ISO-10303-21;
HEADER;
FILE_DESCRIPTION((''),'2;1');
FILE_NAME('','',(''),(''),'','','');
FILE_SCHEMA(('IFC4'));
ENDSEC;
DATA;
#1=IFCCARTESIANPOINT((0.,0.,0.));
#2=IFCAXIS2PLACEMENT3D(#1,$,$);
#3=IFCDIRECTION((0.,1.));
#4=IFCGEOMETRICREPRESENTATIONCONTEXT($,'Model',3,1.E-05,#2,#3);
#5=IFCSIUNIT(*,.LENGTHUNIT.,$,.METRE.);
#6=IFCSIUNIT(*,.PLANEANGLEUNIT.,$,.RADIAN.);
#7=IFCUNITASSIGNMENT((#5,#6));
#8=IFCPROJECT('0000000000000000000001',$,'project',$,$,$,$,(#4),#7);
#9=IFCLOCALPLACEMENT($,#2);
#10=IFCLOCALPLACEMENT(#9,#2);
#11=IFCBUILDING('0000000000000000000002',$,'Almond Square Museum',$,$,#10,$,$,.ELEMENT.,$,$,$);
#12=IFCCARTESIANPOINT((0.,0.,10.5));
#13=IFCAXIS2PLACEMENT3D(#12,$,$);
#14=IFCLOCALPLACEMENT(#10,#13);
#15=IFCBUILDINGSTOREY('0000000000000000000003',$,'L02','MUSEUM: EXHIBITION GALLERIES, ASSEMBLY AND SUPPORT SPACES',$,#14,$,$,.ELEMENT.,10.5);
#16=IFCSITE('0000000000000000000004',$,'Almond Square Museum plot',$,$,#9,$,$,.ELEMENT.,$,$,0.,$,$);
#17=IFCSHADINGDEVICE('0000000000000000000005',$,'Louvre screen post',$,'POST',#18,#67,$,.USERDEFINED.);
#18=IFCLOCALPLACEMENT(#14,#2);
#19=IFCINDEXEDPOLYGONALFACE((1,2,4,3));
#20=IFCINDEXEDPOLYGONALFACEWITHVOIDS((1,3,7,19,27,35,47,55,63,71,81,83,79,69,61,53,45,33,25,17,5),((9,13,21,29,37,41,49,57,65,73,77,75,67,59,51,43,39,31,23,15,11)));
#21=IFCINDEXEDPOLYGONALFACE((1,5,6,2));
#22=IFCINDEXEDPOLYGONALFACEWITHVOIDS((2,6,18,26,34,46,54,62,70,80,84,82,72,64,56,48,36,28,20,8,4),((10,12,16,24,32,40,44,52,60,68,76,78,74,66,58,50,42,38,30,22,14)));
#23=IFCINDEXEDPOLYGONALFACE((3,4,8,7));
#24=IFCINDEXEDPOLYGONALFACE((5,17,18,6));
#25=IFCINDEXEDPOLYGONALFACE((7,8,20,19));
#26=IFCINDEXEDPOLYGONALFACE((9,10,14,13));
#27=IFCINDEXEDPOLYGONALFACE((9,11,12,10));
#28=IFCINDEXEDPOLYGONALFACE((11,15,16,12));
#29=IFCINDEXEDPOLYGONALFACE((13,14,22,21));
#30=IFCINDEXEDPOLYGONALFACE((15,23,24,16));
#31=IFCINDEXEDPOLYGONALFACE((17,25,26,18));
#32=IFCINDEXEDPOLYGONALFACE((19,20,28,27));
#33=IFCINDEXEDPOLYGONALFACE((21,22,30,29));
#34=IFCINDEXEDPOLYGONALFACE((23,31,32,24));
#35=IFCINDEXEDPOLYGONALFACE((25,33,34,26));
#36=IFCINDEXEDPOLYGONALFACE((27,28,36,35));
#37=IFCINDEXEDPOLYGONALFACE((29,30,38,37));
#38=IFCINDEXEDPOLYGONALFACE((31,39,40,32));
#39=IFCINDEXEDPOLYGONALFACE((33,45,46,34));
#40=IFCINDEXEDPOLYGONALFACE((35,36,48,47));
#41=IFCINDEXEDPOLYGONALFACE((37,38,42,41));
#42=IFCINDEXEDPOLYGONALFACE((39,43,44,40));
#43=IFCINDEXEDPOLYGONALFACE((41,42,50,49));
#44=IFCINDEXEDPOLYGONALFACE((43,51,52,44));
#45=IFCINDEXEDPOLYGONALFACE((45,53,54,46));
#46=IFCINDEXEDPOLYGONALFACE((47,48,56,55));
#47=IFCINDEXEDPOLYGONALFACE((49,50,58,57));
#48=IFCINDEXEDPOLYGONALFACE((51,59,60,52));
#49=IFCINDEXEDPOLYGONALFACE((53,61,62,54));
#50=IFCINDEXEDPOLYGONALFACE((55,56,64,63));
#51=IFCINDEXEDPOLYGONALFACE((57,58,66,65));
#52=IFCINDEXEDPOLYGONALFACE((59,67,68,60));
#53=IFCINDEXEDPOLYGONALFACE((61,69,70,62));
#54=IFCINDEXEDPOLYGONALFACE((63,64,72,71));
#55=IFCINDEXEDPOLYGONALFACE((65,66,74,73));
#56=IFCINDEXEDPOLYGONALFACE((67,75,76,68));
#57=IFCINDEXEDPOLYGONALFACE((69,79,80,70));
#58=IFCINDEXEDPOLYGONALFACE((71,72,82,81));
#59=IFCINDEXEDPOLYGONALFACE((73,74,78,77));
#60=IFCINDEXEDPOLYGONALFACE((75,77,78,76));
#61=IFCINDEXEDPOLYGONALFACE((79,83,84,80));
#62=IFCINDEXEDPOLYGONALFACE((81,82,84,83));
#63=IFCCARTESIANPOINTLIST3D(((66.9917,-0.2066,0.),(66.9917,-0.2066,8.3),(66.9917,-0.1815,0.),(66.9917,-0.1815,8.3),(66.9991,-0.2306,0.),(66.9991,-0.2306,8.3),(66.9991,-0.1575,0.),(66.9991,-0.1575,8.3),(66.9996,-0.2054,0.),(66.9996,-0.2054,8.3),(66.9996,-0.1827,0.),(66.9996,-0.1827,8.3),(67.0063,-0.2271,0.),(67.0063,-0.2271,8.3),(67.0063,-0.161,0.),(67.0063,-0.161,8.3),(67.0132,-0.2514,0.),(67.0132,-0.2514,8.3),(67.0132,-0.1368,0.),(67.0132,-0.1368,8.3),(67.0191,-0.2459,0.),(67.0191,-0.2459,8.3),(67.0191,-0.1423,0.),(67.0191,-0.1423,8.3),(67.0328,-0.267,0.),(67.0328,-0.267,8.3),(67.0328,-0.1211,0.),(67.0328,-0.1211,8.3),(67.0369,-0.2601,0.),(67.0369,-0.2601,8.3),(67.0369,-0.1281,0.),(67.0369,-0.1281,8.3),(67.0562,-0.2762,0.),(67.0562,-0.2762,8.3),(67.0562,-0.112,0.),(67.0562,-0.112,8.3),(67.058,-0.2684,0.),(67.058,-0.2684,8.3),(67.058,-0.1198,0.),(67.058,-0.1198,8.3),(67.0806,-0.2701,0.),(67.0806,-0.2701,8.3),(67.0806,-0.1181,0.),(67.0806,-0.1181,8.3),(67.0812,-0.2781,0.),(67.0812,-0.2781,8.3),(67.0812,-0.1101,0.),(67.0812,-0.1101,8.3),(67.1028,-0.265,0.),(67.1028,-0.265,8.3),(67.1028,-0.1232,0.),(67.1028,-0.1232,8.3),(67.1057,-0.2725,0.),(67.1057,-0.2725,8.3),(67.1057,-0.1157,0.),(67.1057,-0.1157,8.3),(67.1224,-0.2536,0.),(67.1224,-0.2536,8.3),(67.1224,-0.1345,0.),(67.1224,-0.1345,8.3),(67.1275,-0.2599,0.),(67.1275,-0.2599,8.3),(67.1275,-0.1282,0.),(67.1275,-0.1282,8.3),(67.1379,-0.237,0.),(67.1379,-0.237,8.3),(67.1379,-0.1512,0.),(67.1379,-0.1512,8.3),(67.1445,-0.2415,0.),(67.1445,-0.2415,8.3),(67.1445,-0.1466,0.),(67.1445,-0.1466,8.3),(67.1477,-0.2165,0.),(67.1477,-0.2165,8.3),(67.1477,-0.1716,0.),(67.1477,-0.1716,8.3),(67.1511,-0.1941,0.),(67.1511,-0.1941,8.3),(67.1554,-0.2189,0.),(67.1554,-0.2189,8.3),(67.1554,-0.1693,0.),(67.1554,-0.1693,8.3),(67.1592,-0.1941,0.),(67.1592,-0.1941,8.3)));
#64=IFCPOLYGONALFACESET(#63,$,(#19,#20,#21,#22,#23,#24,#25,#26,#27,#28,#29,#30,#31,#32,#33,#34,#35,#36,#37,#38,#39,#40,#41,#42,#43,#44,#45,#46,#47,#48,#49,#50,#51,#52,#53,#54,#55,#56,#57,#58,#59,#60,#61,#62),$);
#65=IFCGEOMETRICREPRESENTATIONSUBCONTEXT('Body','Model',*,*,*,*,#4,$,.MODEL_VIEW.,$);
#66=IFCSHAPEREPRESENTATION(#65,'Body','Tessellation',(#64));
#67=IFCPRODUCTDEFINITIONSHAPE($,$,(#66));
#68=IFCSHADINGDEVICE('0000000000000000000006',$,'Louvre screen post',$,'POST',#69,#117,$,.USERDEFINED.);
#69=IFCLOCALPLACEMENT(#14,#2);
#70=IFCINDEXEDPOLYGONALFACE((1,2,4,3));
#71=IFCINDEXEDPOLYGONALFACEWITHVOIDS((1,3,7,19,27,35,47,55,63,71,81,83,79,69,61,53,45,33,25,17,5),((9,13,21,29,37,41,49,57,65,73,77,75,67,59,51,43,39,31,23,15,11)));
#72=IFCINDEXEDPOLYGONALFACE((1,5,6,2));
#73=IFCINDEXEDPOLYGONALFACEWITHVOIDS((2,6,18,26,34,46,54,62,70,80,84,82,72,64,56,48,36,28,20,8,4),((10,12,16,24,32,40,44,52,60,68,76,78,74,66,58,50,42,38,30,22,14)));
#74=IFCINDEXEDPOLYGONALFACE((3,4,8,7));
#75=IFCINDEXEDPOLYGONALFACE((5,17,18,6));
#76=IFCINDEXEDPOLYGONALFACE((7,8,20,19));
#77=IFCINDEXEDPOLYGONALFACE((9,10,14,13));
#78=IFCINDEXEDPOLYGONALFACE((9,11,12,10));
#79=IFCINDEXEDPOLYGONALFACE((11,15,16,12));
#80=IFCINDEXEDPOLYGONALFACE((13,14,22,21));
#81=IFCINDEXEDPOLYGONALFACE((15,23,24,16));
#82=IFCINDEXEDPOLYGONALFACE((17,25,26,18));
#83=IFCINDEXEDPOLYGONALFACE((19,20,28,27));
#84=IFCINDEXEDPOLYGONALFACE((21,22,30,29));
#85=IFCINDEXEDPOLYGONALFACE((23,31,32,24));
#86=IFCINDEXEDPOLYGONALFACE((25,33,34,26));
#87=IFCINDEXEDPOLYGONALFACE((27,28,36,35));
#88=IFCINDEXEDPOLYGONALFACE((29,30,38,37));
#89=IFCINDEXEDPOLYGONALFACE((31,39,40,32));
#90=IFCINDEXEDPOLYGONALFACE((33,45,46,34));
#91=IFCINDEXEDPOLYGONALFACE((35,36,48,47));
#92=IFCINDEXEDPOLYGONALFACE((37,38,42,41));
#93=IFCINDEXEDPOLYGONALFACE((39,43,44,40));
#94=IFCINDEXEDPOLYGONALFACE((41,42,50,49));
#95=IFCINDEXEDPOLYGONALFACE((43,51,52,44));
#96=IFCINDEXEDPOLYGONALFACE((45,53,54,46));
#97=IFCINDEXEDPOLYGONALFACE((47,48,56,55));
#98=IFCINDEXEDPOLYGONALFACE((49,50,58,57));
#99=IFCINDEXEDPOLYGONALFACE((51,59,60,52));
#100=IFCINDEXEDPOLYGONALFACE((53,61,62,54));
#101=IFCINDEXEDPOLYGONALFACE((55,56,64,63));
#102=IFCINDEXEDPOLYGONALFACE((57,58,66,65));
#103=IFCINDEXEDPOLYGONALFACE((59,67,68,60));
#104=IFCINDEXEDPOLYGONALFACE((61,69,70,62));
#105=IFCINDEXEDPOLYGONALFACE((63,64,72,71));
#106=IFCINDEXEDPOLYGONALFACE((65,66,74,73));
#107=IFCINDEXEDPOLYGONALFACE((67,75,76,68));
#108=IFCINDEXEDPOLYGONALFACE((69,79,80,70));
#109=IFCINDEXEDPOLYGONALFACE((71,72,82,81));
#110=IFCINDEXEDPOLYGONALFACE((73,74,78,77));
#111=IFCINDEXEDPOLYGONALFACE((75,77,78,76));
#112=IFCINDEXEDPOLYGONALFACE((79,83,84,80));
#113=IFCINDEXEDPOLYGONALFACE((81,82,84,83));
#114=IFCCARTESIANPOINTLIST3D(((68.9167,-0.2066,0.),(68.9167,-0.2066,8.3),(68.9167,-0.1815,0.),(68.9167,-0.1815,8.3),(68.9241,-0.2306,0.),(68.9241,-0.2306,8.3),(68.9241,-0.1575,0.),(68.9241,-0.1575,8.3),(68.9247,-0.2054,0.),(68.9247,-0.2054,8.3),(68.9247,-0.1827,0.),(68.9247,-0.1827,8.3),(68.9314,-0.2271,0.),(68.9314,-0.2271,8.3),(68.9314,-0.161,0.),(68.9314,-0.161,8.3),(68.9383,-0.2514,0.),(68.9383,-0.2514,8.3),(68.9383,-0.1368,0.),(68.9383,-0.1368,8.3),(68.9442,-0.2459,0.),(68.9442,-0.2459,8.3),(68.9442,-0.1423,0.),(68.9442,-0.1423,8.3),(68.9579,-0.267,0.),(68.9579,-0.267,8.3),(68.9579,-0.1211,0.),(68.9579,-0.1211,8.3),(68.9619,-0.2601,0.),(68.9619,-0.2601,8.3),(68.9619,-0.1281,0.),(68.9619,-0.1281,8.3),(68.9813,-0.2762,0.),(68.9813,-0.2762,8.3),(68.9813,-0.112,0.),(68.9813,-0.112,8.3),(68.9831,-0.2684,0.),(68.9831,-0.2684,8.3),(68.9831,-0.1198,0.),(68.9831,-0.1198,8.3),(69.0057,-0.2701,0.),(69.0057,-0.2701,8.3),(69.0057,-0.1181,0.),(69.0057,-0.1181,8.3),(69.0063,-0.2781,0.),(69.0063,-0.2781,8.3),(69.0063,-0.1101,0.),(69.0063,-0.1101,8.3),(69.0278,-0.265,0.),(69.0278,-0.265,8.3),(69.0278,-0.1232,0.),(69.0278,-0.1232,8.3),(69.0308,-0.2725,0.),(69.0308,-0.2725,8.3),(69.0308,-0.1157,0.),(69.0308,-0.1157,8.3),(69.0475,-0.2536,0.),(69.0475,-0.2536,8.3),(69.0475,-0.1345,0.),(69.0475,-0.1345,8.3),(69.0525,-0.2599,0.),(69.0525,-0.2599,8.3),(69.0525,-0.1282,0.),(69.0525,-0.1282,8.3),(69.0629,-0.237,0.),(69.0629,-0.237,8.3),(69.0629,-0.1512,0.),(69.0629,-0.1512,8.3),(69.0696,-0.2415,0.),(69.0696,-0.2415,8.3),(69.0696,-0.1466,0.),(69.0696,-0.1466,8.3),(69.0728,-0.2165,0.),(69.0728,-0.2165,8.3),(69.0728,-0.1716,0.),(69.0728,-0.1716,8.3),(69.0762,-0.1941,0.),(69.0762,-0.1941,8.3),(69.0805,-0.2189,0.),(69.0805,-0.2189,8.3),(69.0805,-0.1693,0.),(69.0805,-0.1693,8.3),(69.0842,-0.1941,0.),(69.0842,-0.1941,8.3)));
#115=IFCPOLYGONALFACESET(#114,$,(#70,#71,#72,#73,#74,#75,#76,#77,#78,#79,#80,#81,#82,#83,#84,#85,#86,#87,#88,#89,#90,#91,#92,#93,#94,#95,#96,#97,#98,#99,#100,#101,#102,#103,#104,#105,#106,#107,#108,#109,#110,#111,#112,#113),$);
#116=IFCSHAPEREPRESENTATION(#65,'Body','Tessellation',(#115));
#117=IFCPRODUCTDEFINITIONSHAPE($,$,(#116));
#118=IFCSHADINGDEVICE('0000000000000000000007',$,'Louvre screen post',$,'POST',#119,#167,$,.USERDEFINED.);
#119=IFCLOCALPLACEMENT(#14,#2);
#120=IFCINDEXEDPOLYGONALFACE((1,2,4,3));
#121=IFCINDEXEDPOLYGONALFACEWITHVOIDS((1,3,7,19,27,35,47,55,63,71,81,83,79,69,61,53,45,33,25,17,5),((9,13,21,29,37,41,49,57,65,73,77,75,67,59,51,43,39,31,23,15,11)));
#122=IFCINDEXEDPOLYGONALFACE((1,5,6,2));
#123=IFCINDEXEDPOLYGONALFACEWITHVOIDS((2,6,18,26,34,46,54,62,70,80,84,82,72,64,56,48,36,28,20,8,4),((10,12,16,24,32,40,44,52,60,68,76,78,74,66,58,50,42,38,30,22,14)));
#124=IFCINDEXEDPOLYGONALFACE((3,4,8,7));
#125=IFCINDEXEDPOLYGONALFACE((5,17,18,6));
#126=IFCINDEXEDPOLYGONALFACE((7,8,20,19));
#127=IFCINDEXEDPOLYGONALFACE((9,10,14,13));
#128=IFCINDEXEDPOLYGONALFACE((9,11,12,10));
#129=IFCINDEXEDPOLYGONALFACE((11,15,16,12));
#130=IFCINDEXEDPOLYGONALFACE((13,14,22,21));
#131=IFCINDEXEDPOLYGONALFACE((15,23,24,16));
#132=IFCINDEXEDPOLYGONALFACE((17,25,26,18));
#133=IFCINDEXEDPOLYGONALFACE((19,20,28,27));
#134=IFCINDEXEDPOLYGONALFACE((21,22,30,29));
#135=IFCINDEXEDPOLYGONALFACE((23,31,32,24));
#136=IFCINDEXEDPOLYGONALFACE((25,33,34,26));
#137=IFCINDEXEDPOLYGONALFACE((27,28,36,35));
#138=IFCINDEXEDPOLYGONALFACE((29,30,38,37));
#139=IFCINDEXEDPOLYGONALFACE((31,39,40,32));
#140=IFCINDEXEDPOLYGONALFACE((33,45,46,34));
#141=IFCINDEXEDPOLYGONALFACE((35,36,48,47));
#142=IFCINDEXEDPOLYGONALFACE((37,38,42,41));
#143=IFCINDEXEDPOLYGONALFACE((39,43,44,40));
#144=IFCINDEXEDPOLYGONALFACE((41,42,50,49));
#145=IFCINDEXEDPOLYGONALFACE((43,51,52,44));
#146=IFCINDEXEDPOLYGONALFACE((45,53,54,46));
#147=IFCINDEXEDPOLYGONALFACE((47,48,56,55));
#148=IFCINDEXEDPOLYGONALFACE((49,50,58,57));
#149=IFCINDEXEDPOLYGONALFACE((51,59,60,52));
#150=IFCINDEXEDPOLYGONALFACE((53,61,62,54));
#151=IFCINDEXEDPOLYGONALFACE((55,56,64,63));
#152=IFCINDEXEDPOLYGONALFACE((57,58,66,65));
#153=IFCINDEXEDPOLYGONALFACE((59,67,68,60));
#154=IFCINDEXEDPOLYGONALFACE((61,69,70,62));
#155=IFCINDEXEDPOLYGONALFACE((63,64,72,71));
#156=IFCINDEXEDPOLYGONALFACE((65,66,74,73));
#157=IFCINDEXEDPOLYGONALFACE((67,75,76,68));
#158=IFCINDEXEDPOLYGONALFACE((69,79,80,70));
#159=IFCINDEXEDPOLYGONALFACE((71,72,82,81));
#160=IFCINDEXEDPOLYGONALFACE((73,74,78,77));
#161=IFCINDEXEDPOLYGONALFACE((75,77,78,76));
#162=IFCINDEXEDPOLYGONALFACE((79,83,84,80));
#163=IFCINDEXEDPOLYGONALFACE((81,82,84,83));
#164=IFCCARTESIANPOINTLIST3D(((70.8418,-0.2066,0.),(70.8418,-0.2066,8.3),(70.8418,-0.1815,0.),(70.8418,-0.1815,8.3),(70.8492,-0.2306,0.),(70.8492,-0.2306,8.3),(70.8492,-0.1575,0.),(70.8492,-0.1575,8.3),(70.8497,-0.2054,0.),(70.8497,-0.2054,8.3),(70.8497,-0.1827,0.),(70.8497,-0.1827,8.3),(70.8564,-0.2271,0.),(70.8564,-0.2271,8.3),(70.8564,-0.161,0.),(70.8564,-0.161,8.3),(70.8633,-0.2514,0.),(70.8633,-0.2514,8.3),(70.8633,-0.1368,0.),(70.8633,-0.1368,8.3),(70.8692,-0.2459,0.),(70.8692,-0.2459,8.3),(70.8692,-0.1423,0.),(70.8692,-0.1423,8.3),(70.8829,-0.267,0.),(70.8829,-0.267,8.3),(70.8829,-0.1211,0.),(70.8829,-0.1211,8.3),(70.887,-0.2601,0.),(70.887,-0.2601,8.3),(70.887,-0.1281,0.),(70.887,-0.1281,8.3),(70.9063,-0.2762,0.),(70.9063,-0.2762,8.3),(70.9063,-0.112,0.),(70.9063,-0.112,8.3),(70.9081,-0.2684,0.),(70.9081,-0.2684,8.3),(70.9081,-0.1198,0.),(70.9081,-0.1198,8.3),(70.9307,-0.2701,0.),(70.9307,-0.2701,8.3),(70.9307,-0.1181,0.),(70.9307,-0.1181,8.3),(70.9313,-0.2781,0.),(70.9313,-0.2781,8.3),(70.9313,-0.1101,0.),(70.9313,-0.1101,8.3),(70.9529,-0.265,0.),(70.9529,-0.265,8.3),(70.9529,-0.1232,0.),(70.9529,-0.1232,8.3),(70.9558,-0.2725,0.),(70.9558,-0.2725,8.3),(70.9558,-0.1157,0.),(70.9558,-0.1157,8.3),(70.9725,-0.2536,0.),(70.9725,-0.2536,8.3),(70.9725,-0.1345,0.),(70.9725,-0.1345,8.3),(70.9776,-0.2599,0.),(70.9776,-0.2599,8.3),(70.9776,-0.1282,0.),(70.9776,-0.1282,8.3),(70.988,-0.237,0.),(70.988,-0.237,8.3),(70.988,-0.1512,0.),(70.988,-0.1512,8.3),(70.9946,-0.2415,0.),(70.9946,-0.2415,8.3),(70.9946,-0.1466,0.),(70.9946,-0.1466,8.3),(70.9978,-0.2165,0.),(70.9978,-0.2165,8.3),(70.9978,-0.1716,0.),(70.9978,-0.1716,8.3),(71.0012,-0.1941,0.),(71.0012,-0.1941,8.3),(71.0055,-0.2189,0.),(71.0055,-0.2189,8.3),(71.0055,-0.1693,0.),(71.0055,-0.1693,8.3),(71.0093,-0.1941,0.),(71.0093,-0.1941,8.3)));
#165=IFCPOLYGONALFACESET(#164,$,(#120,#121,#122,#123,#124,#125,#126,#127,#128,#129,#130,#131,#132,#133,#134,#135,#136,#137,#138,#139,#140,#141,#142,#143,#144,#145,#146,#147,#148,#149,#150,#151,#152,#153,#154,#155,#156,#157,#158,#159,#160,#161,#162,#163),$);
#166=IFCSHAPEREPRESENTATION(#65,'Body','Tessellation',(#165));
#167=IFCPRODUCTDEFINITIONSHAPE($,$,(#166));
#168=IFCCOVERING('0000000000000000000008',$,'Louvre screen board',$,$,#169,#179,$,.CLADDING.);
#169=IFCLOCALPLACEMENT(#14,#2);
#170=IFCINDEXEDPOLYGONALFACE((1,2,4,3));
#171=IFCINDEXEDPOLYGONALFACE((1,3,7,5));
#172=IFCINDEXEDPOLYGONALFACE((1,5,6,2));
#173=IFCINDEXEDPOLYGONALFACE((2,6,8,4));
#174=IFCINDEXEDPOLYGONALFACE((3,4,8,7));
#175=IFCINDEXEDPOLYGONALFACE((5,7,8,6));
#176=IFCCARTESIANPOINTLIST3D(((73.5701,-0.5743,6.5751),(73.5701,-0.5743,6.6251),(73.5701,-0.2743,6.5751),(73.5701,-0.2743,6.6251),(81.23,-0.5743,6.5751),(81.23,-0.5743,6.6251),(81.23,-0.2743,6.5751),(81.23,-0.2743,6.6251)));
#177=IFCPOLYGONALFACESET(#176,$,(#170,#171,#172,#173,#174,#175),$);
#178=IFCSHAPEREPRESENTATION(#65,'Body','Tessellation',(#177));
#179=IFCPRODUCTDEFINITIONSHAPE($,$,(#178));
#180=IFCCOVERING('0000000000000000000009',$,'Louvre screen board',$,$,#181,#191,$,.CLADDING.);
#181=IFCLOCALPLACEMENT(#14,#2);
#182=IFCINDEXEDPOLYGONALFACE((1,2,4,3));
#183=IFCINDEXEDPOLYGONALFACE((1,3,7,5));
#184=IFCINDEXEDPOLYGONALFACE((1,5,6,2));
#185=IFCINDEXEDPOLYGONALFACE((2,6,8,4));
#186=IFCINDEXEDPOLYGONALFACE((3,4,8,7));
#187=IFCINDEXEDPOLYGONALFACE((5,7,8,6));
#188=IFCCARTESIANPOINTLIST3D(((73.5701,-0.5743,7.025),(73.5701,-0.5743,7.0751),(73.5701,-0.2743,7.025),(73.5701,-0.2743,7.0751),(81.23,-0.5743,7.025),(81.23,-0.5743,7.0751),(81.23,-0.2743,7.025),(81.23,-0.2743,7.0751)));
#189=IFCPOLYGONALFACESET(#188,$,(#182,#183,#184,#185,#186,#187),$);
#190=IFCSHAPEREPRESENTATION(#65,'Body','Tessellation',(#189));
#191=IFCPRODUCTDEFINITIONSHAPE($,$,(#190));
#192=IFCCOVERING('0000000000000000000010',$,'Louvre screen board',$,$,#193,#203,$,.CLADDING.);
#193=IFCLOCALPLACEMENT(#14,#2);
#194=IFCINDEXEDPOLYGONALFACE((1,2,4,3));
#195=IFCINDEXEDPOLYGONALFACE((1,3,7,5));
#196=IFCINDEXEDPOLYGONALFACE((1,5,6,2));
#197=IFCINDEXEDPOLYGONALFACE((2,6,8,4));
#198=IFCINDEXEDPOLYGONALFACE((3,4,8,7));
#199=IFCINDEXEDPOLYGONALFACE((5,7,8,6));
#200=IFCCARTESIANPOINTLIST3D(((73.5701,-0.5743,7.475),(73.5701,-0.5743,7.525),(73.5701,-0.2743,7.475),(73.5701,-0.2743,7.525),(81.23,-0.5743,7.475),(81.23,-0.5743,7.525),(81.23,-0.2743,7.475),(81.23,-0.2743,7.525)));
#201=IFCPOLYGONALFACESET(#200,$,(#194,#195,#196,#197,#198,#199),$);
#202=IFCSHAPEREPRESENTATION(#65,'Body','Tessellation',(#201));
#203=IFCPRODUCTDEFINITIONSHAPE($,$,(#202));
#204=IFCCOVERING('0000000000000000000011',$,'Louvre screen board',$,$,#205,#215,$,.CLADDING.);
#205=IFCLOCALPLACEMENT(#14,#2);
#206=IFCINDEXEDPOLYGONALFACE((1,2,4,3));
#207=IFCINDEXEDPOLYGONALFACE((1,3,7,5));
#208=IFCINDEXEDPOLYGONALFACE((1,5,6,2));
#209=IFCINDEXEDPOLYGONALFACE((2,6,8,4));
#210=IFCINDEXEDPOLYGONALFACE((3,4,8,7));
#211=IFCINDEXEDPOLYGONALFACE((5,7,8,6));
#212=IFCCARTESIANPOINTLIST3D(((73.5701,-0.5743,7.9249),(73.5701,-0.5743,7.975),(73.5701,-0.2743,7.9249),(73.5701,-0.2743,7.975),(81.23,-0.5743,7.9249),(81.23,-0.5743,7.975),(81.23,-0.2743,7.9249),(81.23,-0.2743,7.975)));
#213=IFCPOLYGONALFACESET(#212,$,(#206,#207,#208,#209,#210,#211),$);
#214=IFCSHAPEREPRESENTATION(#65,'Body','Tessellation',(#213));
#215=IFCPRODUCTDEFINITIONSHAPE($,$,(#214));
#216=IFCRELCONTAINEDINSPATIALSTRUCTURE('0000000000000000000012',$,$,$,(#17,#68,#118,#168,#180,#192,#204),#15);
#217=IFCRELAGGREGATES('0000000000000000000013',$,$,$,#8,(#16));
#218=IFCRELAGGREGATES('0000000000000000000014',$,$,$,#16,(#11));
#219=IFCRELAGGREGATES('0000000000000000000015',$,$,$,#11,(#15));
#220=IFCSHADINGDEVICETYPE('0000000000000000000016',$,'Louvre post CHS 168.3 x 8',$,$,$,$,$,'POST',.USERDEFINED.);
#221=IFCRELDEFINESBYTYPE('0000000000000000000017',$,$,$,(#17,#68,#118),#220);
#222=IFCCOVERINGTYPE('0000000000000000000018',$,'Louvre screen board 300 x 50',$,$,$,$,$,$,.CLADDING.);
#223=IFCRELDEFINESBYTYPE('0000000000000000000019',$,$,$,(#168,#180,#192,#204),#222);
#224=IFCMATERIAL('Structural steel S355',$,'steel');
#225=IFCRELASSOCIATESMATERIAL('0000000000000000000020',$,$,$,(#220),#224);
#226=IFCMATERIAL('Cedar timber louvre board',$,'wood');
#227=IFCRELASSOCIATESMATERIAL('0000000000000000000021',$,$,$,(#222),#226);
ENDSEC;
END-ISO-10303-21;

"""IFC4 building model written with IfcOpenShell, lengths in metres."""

from ifc_helpers import new_model, si_unit, direction, frame, origin, origin_2d, place, context, subcontext, project, spatial, rectangle, hollow_circle, extrude, material, material_profile, profile_set, type_object, element, save


model = new_model("IFC4")

# Units and contexts
model_context = context("Model", 3, precision=1e-05, world=origin(), true_north=direction((0.0, 1.0)))
body_context = subcontext(model_context, "Body", "Model", "MODEL_VIEW")
ifc_project = project(units=[si_unit("LENGTHUNIT", "METRE"), si_unit("PLANEANGLEUNIT", "RADIAN")], contexts=[model_context])

# Site, building, storey
site_placement = place(None, origin())
site = spatial("IfcSite", under=ifc_project, at=site_placement, Name="Almond Square Museum plot", CompositionType="ELEMENT", RefElevation=0.0)
building_placement = place(site_placement, origin())
building = spatial("IfcBuilding", under=site, at=building_placement, Name="Almond Square Museum", CompositionType="ELEMENT")
storey_placement = place(building_placement, frame((0.0, 0.0, 10.5)))
storey = spatial("IfcBuildingStorey", under=building, at=storey_placement, Name="L02", Description="MUSEUM: EXHIBITION GALLERIES, ASSEMBLY AND SUPPORT SPACES", CompositionType="ELEMENT", Elevation=10.5)

# Shading devices
ifc_material_1 = material(Name="Structural steel S355", Category="steel")
ifc_material_profile_1 = material_profile(ifc_material_1, hollow_circle(Radius=0.0842, WallThickness=0.0081, at=origin_2d()))
ifc_profile_set_1 = profile_set([ifc_material_profile_1], Name="Structural steel S355")
shading_device_type = type_object("IfcShadingDeviceType", Name="Louvre post CHS 168.3 x 8", ElementType="POST", PredefinedType="USERDEFINED", material=ifc_profile_set_1)
for number, where, z_axis, x_axis, name in (
    (1, (67.075, -0.1941, 0.0), (0.0, 0.0, 1.0), (1.0, 0.0, 0.0), "Louvre screen post"),
    (2, (69.0, -0.1941, 0.0), (0.0, 0.0, 1.0), (1.0, 0.0, 0.0), "Louvre screen post"),
    (3, (70.925, -0.1941, 0.0), (0.0, 0.0, 1.0), (1.0, 0.0, 0.0), "Louvre screen post"),
):
    element("IfcShadingDevice", number, at=place(storey_placement, frame(where, z_axis=z_axis, x_axis=x_axis)), inside=storey, type_object=shading_device_type, Name=name, ObjectType="POST", PredefinedType="USERDEFINED", context=body_context, shape_type="SweptSolid", body=[
        extrude(hollow_circle(Radius=0.0842, WallThickness=0.0081, at=origin_2d()), origin(), (0.0, 0.0, 1.0), 8.3),
    ])

# Coverings
ifc_material_2 = material(Name="Cedar timber louvre board", Category="wood")
ifc_material_profile_2 = material_profile(ifc_material_2, rectangle(XDim=0.3, YDim=0.05, at=origin_2d()))
ifc_profile_set_2 = profile_set([ifc_material_profile_2], Name="Cedar timber louvre board")
covering_type = type_object("IfcCoveringType", Name="Louvre screen board 300 x 50", PredefinedType="CLADDING", material=ifc_profile_set_2)
for number, where, z_axis, x_axis, name in (
    (4, (73.5701, -0.4243, 6.6001), (1.0, 0.0, 0.0), (0.0, 1.0, 0.0), "Louvre screen board"),
    (5, (73.5701, -0.4243, 7.05), (1.0, 0.0, 0.0), (0.0, 1.0, 0.0), "Louvre screen board"),
    (6, (73.5701, -0.4243, 7.5), (1.0, 0.0, 0.0), (0.0, 1.0, 0.0), "Louvre screen board"),
    (7, (73.5701, -0.4243, 7.95), (1.0, 0.0, 0.0), (0.0, 1.0, 0.0), "Louvre screen board"),
):
    element("IfcCovering", number, at=place(storey_placement, frame(where, z_axis=z_axis, x_axis=x_axis)), inside=storey, type_object=covering_type, Name=name, PredefinedType="CLADDING", context=body_context, shape_type="SweptSolid", body=[
        extrude(rectangle(XDim=0.3, YDim=0.05, at=origin_2d()), origin(), (0.0, 0.0, 1.0), 7.6599),
    ])

save(model, "model.ifc")
